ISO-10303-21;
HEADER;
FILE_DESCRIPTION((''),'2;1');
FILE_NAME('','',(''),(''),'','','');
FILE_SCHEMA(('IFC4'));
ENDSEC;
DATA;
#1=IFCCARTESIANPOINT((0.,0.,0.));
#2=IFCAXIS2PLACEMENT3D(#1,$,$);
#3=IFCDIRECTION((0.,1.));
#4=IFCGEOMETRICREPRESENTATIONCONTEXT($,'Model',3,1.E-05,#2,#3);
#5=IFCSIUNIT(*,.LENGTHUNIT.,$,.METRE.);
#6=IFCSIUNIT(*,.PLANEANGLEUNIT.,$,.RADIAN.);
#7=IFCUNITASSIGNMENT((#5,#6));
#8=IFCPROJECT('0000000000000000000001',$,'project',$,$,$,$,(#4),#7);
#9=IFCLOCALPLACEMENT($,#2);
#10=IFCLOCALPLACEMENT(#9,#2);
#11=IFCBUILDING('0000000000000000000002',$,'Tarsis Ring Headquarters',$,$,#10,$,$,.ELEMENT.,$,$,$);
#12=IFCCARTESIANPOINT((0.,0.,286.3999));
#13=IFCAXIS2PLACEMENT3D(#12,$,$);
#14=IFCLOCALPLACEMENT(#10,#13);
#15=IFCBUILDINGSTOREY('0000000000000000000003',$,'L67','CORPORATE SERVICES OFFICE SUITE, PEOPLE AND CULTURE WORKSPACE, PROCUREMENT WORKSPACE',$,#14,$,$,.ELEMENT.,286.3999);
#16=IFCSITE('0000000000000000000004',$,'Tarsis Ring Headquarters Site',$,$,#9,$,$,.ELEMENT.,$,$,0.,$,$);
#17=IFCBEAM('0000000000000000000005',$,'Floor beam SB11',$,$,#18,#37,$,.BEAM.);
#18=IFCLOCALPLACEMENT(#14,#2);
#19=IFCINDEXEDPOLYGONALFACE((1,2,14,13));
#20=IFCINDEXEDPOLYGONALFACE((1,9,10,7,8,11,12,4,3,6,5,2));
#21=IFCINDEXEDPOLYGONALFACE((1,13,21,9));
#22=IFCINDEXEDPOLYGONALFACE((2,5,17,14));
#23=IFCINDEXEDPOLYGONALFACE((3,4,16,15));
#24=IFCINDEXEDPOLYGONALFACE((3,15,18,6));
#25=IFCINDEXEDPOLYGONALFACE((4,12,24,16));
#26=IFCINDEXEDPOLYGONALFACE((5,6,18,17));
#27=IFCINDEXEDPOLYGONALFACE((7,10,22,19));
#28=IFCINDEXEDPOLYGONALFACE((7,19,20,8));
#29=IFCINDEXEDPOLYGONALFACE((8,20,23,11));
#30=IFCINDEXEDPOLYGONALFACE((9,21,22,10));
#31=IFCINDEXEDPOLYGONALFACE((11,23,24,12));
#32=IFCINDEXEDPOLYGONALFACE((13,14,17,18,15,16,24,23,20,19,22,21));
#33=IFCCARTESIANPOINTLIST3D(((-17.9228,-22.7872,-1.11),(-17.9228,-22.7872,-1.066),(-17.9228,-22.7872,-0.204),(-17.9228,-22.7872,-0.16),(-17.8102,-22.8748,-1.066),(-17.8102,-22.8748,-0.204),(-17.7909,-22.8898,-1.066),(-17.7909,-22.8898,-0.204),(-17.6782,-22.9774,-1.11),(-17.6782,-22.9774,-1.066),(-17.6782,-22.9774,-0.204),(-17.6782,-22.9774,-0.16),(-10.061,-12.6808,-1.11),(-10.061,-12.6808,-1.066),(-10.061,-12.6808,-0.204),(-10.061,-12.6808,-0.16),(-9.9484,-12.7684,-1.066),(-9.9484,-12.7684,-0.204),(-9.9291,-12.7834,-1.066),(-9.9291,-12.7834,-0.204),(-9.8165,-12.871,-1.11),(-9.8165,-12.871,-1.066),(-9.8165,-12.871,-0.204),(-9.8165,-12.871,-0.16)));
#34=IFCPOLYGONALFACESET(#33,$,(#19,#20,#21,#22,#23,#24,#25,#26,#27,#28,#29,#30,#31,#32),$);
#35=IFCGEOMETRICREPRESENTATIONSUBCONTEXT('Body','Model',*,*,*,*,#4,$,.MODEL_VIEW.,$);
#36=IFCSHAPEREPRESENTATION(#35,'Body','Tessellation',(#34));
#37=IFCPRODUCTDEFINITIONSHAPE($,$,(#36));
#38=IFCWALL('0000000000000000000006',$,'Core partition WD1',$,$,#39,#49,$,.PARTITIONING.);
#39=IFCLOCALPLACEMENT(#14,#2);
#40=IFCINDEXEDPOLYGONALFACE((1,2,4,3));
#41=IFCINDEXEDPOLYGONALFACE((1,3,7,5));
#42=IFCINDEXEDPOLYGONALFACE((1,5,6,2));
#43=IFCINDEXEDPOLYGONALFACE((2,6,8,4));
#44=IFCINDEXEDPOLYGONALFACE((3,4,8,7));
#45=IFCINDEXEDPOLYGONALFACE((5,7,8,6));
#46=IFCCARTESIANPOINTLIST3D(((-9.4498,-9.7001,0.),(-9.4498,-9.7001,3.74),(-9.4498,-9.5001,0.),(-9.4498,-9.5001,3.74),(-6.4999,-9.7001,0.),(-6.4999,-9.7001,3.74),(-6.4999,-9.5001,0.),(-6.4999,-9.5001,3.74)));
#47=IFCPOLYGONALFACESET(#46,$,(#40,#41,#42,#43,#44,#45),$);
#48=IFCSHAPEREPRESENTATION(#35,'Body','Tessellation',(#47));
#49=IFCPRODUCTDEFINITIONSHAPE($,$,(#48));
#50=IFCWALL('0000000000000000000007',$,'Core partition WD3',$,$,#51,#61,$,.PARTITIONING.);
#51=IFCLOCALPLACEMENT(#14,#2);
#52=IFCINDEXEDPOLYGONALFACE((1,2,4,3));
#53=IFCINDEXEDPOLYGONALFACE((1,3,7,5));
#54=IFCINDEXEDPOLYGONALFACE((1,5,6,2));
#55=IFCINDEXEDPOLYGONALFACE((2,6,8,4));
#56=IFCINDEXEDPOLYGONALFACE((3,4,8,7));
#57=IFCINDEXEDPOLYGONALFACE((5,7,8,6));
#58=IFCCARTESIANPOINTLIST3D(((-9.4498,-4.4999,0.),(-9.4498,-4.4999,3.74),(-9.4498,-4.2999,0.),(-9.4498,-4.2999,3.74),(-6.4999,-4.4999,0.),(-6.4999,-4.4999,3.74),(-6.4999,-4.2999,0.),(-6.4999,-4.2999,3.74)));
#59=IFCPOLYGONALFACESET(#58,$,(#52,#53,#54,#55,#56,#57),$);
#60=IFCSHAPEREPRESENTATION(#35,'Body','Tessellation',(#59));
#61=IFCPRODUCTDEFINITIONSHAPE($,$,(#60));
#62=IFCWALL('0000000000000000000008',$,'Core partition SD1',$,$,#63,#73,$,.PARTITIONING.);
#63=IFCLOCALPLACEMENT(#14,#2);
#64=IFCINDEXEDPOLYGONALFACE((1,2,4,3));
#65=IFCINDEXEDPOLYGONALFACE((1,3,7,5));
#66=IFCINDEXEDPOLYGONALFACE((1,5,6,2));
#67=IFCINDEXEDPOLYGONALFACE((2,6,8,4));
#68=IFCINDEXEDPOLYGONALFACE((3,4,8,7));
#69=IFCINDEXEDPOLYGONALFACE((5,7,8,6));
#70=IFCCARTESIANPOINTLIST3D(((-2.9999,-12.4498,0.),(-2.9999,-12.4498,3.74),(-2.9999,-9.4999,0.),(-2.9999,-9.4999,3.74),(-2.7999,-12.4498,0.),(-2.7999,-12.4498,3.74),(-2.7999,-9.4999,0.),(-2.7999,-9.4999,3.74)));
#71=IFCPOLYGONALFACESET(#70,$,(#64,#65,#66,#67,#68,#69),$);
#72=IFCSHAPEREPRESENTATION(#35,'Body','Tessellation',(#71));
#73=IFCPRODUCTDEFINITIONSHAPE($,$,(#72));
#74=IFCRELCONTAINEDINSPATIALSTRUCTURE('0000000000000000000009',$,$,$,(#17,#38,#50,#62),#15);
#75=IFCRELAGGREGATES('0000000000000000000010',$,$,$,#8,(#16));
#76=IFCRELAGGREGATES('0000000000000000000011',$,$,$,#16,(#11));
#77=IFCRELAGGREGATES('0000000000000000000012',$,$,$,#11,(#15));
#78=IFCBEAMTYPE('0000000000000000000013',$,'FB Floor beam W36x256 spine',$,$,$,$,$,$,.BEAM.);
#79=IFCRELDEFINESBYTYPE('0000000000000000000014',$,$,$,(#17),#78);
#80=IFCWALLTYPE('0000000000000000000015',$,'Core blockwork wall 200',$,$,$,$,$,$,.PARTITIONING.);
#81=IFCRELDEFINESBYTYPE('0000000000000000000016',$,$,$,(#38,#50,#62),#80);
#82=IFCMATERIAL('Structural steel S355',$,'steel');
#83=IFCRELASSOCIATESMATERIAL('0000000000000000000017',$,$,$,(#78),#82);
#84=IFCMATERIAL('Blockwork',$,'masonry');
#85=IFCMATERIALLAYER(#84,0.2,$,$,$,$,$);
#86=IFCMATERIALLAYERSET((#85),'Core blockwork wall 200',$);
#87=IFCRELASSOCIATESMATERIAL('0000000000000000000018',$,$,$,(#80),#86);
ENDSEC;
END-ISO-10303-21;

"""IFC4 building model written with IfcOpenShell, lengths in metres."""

from ifc_helpers import new_model, si_unit, direction, frame, frame_2d, origin, origin_2d, place, context, subcontext, project, spatial, rectangle, i_section, extrude, material, layer, layer_set, material_profile, profile_set, type_object, element, save


model = new_model("IFC4")

# Units and contexts
model_context = context("Model", 3, precision=1e-05, world=origin(), true_north=direction((0.0, 1.0)))
body_context = subcontext(model_context, "Body", "Model", "MODEL_VIEW")
ifc_project = project(units=[si_unit("LENGTHUNIT", "METRE"), si_unit("PLANEANGLEUNIT", "RADIAN")], contexts=[model_context])

# Site, building, storey
site_placement = place(None, origin())
site = spatial("IfcSite", under=ifc_project, at=site_placement, Name="Tarsis Ring Headquarters Site", CompositionType="ELEMENT", RefElevation=0.0)
building_placement = place(site_placement, origin())
building = spatial("IfcBuilding", under=site, at=building_placement, Name="Tarsis Ring Headquarters", CompositionType="ELEMENT")
storey_placement = place(building_placement, frame((0.0, 0.0, 286.3999)))
storey = spatial("IfcBuildingStorey", under=building, at=storey_placement, Name="L67", Description="CORPORATE SERVICES OFFICE SUITE, PEOPLE AND CULTURE WORKSPACE, PROCUREMENT WORKSPACE", CompositionType="ELEMENT", Elevation=286.3999)

# Beam
ifc_material_1 = material(Name="Structural steel S355", Category="steel")
ifc_material_profile = material_profile(ifc_material_1, i_section(OverallWidth=0.3098, OverallDepth=0.95, WebThickness=0.0244, FlangeThickness=0.0439, at=origin_2d()), Name="W36x256")
ifc_profile_set = profile_set([ifc_material_profile], Name="Structural steel S355")
beam_type = type_object("IfcBeamType", Name="FB Floor beam W36x256 spine", PredefinedType="BEAM", material=ifc_profile_set)
beam_placement = place(storey_placement, frame((-9.9387, -12.7759, -0.635), z_axis=(-0.614001, -0.789305, 0.0), x_axis=(0.789305, -0.614001, 0.0)))
element("IfcBeam", 1, at=beam_placement, inside=storey, type_object=beam_type, Name="Floor beam SB11", PredefinedType="BEAM", context=body_context, shape_type="SweptSolid", body=[
    extrude(i_section(OverallWidth=0.3098, OverallDepth=0.95, WebThickness=0.0244, FlangeThickness=0.0439, at=origin_2d()), origin(), (0.0, 0.0, 1.0), 12.8042),
])

# Walls
ifc_material_2 = material(Name="Blockwork", Category="masonry")
ifc_layer_1 = layer(ifc_material_2, 0.2)
ifc_layer_set_1 = layer_set([ifc_layer_1], Name="Core blockwork wall 200")
wall_type_1 = type_object("IfcWallType", Name="Core blockwork wall 200", PredefinedType="PARTITIONING", material=ifc_layer_set_1)
for number, where, z_axis, x_axis, name in (
    (2, (-9.45, -9.6001, 0.0), (0.0, 0.0, 1.0), (1.0, 0.0, 0.0), "Core partition WD1"),
    (3, (-9.45, -4.3999, 0.0), (0.0, 0.0, 1.0), (1.0, 0.0, 0.0), "Core partition WD3"),
    (4, (-2.8999, -12.45, 0.0), (0.0, 0.0, 1.0), (0.0, 1.0, 0.0), "Core partition SD1"),
):
    element("IfcWall", number, at=place(storey_placement, frame(where, z_axis=z_axis, x_axis=x_axis)), inside=storey, type_object=wall_type_1, Name=name, PredefinedType="PARTITIONING", context=body_context, shape_type="SweptSolid", body=[
        extrude(rectangle(XDim=2.95, YDim=0.2, at=frame_2d((1.4751, 0.0))), origin(), (0.0, 0.0, 1.0), 3.74),
    ])

save(model, "model.ifc")
